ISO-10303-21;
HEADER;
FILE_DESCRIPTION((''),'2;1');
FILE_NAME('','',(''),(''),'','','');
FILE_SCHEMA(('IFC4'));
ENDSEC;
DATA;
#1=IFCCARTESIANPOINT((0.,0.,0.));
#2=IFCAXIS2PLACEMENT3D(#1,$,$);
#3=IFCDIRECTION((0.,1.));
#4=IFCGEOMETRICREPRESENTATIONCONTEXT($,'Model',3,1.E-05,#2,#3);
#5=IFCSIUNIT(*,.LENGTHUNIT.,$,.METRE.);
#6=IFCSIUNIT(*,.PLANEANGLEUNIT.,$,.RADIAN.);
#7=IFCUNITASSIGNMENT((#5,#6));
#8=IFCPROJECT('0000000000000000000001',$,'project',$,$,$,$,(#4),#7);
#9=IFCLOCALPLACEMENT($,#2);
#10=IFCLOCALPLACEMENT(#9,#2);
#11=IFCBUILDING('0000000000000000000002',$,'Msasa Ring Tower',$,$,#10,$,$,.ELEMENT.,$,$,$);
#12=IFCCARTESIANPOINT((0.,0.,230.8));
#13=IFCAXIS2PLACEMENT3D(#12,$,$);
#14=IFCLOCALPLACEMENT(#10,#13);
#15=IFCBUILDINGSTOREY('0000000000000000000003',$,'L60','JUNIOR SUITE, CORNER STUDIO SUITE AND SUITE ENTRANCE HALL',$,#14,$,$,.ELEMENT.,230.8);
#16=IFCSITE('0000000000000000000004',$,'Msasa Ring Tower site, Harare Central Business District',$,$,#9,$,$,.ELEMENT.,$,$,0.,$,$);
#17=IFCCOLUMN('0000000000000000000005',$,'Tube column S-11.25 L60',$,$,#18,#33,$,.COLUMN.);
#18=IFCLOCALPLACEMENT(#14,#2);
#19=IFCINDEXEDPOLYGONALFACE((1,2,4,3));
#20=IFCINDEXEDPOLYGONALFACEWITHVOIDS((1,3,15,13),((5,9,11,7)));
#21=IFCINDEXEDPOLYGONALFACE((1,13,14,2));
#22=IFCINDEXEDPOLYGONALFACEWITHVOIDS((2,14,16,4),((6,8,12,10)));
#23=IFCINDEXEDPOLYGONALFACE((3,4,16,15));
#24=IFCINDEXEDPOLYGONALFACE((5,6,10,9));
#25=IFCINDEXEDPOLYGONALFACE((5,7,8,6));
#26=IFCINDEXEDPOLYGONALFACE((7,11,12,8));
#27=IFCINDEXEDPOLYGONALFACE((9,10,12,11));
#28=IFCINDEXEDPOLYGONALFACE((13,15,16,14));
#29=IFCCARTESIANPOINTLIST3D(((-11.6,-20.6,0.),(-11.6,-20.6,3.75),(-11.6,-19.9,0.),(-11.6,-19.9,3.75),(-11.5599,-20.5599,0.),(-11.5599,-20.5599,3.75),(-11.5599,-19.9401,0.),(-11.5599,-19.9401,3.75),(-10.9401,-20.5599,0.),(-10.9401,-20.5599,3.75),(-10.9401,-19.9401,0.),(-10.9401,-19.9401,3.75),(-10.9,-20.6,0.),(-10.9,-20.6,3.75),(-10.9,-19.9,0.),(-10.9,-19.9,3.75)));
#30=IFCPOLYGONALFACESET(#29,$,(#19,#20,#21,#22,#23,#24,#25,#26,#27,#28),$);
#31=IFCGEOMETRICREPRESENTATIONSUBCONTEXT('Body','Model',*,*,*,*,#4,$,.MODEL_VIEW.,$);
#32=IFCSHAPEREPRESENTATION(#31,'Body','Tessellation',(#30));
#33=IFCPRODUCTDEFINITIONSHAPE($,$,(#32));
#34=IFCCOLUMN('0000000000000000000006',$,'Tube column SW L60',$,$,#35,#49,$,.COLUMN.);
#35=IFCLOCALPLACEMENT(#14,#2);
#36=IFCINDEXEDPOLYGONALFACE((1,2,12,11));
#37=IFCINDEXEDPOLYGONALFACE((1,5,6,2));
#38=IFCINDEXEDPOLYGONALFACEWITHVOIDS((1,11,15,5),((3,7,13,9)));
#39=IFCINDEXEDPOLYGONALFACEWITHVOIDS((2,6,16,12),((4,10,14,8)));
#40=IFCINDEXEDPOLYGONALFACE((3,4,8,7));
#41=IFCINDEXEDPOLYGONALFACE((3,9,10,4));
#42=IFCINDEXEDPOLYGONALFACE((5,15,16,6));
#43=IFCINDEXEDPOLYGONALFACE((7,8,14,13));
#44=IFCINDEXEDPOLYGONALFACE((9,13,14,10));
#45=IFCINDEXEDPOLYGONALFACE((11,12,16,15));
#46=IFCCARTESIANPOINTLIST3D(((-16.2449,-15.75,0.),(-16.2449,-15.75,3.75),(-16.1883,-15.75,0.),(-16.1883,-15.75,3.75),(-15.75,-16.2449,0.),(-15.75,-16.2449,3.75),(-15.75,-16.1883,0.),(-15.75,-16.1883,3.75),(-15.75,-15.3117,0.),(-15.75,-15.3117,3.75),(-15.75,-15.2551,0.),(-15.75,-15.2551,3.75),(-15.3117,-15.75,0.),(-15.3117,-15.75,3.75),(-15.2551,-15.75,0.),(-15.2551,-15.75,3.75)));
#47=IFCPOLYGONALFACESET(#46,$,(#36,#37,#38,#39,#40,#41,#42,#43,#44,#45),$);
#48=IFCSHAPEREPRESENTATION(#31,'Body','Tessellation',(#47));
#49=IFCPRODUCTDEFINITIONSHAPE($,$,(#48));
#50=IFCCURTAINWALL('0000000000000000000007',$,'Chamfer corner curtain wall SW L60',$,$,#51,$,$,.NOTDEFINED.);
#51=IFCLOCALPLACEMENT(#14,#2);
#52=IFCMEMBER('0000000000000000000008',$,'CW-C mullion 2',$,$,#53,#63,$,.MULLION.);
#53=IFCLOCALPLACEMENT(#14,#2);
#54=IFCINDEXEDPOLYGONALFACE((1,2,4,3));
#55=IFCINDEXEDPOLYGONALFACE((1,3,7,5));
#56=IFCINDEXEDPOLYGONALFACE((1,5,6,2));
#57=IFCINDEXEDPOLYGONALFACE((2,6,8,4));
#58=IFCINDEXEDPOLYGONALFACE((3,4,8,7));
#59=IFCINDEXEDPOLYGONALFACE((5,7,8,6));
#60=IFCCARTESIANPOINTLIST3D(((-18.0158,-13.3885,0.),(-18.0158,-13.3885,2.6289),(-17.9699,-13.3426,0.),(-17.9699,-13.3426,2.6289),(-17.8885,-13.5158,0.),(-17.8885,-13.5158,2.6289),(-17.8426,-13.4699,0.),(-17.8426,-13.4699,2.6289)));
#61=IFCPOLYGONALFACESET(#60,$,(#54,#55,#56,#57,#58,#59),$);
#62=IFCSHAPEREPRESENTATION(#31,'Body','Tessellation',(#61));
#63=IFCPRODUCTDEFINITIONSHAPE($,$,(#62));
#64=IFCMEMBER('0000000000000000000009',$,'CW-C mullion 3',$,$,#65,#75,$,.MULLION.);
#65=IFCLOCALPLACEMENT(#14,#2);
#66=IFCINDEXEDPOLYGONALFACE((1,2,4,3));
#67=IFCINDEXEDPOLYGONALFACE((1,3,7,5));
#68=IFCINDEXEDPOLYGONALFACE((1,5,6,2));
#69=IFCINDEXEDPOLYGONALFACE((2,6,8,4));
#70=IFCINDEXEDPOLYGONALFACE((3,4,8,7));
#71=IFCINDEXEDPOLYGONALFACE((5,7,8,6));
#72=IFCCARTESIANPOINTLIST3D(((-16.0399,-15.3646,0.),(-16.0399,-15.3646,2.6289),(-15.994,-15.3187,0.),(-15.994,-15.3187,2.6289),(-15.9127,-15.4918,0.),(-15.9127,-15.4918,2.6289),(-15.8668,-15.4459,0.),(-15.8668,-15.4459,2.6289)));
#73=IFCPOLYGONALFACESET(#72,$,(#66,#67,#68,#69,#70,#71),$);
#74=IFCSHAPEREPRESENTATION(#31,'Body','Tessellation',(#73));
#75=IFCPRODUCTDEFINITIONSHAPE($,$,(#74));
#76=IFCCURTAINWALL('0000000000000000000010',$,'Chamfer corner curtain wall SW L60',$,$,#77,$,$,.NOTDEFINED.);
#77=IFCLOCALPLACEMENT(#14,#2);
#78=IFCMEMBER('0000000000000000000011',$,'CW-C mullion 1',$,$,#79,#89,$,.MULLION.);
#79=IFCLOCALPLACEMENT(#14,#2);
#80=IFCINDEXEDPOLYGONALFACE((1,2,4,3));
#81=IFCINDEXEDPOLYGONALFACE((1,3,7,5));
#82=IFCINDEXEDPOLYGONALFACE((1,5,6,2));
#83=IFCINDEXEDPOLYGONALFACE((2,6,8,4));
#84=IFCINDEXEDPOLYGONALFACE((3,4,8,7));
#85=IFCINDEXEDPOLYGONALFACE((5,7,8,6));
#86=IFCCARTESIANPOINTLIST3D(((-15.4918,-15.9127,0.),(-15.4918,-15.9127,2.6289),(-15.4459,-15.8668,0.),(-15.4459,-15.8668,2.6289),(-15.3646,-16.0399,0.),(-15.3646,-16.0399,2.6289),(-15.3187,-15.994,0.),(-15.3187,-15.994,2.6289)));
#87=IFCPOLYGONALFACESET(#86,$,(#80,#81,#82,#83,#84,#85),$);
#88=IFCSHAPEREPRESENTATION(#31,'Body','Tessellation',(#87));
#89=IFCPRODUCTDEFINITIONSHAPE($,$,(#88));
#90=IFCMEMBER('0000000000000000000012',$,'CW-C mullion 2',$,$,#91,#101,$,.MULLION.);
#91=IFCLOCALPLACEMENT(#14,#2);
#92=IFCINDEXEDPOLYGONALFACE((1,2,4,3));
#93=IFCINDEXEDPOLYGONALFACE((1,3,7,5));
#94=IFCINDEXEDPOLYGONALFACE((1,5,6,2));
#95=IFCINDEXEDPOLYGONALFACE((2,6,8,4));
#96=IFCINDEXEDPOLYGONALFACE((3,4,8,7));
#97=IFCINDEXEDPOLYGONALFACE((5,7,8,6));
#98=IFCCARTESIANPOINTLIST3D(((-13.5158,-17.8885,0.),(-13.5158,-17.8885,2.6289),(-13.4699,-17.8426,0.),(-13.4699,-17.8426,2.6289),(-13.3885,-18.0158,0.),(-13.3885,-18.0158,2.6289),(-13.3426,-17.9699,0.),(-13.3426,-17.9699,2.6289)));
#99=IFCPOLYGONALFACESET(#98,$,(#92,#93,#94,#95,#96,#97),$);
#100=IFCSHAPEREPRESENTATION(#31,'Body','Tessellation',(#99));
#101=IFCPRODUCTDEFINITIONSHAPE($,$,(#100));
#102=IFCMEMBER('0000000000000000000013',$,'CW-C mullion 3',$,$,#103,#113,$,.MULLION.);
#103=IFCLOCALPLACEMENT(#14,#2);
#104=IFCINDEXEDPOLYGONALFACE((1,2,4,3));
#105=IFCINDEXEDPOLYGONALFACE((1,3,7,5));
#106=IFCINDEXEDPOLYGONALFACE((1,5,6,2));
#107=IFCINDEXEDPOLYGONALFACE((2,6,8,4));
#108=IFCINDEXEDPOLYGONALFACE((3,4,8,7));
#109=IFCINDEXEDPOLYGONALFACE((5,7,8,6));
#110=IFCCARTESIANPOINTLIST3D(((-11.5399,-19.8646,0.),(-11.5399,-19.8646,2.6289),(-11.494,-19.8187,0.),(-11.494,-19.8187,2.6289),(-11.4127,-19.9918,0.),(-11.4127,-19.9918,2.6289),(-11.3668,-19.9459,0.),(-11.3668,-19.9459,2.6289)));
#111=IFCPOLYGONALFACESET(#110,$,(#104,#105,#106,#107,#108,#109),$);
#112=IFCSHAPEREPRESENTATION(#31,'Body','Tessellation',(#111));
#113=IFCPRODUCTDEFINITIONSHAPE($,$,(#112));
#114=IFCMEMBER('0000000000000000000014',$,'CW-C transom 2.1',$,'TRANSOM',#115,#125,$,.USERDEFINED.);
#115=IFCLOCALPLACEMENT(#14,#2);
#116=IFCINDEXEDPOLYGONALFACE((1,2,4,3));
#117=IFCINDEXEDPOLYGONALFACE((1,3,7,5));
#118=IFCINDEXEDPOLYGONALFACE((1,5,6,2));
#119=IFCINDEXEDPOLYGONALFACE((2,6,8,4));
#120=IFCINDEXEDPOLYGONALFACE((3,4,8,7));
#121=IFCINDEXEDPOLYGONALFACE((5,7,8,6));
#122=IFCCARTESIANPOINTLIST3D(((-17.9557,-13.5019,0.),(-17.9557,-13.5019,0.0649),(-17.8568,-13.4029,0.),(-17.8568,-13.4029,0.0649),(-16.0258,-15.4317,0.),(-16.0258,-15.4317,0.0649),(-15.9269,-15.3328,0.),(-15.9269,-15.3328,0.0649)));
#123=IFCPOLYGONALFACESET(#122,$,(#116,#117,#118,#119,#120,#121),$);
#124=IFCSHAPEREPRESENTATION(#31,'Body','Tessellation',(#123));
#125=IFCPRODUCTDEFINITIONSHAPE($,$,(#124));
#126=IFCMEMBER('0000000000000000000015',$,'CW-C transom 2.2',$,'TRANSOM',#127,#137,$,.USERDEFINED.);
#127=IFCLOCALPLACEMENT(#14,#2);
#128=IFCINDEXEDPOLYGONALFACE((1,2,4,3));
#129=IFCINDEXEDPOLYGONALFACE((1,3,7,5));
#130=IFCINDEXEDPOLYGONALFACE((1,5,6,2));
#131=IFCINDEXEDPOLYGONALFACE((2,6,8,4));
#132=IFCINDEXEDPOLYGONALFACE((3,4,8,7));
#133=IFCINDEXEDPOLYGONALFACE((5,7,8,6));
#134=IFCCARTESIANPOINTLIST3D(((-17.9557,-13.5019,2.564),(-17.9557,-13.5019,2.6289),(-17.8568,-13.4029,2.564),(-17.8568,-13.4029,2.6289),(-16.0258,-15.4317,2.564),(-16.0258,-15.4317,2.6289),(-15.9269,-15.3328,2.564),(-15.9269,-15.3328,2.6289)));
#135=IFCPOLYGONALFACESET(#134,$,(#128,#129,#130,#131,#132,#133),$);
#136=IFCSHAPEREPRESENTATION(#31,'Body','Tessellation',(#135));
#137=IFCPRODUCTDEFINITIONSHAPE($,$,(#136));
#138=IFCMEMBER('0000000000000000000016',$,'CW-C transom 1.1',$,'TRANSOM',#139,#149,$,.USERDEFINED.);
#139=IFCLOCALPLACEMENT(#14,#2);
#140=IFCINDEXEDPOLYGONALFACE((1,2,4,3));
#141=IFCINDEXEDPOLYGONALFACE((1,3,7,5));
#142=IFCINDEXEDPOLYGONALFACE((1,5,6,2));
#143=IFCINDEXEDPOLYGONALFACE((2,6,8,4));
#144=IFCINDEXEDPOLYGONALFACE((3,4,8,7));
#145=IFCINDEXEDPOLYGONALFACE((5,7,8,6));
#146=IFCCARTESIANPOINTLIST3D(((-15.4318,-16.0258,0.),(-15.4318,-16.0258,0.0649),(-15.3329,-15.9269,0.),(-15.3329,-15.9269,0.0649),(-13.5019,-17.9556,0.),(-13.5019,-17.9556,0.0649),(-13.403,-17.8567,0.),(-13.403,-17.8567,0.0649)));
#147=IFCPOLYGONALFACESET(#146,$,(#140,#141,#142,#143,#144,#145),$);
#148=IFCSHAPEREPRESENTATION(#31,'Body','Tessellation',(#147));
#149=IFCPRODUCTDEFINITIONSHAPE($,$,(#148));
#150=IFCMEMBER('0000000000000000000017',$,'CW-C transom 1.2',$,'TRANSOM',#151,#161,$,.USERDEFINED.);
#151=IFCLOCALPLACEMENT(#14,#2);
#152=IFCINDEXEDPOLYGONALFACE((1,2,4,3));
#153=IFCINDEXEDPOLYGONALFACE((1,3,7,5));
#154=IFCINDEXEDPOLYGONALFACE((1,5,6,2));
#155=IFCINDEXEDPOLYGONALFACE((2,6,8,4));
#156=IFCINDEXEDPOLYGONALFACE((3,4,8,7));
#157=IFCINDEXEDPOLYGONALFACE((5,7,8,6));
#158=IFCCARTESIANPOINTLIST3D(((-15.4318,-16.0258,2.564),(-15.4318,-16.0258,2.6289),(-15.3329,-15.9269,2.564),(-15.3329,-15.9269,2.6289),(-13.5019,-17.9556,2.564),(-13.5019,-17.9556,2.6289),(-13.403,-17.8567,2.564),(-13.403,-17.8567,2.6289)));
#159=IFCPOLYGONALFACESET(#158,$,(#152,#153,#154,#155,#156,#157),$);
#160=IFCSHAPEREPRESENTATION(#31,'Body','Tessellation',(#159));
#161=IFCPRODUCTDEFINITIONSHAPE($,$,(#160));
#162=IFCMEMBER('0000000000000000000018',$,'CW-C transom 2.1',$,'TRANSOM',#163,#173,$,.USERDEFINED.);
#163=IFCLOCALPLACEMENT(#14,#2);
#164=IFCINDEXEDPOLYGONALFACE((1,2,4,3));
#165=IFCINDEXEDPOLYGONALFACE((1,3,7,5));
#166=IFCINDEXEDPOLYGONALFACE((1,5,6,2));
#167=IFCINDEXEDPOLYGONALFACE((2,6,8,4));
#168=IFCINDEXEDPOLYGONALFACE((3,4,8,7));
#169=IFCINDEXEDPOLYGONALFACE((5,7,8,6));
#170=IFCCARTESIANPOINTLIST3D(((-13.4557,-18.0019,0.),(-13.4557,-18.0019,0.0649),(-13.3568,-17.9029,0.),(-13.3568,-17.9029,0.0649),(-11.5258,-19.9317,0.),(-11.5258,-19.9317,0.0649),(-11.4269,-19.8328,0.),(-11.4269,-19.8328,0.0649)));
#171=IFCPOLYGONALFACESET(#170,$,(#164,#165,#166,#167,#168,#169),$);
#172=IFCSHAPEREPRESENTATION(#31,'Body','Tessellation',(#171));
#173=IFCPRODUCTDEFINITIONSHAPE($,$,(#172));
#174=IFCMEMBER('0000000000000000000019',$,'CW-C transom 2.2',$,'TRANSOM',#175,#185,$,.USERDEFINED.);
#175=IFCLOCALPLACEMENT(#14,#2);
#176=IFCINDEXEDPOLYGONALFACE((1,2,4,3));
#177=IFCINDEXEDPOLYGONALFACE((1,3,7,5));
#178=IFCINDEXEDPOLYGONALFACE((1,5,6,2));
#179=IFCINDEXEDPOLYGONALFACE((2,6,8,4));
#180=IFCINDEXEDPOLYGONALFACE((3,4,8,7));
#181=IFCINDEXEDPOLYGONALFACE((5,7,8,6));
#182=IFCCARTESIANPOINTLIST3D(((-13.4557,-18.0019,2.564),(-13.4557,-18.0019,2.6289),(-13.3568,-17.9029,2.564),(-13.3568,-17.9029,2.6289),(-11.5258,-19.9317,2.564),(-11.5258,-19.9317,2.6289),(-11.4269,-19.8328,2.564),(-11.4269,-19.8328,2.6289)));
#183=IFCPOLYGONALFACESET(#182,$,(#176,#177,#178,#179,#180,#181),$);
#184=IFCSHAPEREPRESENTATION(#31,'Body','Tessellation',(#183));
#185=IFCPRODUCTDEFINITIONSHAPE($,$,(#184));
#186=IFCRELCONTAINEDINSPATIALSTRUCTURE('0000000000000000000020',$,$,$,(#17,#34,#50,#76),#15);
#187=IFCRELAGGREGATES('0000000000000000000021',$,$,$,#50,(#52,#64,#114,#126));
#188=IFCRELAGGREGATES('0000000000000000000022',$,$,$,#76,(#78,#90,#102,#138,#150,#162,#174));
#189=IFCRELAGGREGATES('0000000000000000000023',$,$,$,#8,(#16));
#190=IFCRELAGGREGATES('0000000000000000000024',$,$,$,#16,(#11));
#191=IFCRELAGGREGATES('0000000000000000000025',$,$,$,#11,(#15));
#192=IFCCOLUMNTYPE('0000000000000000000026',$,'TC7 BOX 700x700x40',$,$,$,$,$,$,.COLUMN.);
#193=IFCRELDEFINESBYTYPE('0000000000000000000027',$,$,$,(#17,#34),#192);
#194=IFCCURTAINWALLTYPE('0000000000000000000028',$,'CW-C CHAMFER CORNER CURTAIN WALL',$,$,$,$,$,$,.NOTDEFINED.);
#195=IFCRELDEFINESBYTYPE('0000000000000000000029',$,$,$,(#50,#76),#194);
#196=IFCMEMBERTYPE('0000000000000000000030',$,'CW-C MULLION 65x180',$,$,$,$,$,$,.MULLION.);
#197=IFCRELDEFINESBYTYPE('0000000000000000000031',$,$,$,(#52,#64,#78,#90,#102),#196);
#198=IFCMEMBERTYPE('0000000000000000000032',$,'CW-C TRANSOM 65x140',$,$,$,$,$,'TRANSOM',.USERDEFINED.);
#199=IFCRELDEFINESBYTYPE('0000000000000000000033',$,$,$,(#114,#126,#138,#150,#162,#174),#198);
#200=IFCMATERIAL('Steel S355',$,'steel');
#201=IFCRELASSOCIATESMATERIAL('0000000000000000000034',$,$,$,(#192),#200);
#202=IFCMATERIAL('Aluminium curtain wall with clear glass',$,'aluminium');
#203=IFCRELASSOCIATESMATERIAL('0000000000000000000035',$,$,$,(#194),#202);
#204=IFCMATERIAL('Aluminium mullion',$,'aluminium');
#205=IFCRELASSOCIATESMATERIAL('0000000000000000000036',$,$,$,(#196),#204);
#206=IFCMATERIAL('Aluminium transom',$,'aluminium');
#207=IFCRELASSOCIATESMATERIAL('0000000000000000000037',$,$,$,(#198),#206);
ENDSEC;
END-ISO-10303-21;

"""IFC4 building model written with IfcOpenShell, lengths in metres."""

from ifc_helpers import new_model, si_unit, direction, frame, origin, origin_2d, place, context, subcontext, project, spatial, rectangle, hollow_rectangle, extrude, material, material_profile, profile_set, type_object, element, aggregate, save


model = new_model("IFC4")

# Units and contexts
model_context = context("Model", 3, precision=1e-05, world=origin(), true_north=direction((0.0, 1.0)))
body_context = subcontext(model_context, "Body", "Model", "MODEL_VIEW")
ifc_project = project(units=[si_unit("LENGTHUNIT", "METRE"), si_unit("PLANEANGLEUNIT", "RADIAN")], contexts=[model_context])

# Site, building, storey
site_placement = place(None, origin())
site = spatial("IfcSite", under=ifc_project, at=site_placement, Name="Msasa Ring Tower site, Harare Central Business District", CompositionType="ELEMENT", RefElevation=0.0)
building_placement = place(site_placement, origin())
building = spatial("IfcBuilding", under=site, at=building_placement, Name="Msasa Ring Tower", CompositionType="ELEMENT")
storey_placement = place(building_placement, frame((0.0, 0.0, 230.8)))
storey = spatial("IfcBuildingStorey", under=building, at=storey_placement, Name="L60", Description="JUNIOR SUITE, CORNER STUDIO SUITE AND SUITE ENTRANCE HALL", CompositionType="ELEMENT", Elevation=230.8)

# Columns
ifc_material_1 = material(Name="Steel S355", Category="steel")
ifc_material_profile_1 = material_profile(ifc_material_1, hollow_rectangle(XDim=0.7, YDim=0.7, WallThickness=0.04, at=origin_2d()), Name="BOX 700x700x40")
ifc_profile_set_1 = profile_set([ifc_material_profile_1], Name="Steel S355")
column_type = type_object("IfcColumnType", Name="TC7 BOX 700x700x40", PredefinedType="COLUMN", material=ifc_profile_set_1)
for number, where, z_axis, x_axis, name in (
    (1, (-11.25, -20.25, 0.0), (0.0, 0.0, 1.0), (0.0, 1.0, 0.0), "Tube column S-11.25 L60"),
    (2, (-15.75, -15.75, 0.0), (0.0, 0.0, 1.0), (0.707107, 0.707107, 0.0), "Tube column SW L60"),
):
    element("IfcColumn", number, at=place(storey_placement, frame(where, z_axis=z_axis, x_axis=x_axis)), inside=storey, type_object=column_type, Name=name, PredefinedType="COLUMN", context=body_context, shape_type="SweptSolid", body=[
        extrude(hollow_rectangle(XDim=0.7, YDim=0.7, WallThickness=0.04, at=origin_2d()), origin(), (0.0, 0.0, 1.0), 3.75),
    ])

# Curtain walls, members
ifc_material_2 = material(Name="Aluminium curtain wall with clear glass", Category="aluminium")
curtain_wall_type = type_object("IfcCurtainWallType", Name="CW-C CHAMFER CORNER CURTAIN WALL", PredefinedType="NOTDEFINED", material=ifc_material_2)
curtain_wall_1_placement = place(storey_placement, origin())
curtain_wall_1 = element("IfcCurtainWall", 3, at=curtain_wall_1_placement, inside=storey, type_object=curtain_wall_type, Name="Chamfer corner curtain wall SW L60", PredefinedType="NOTDEFINED")
ifc_material_3 = material(Name="Aluminium mullion", Category="aluminium")
ifc_material_profile_2 = material_profile(ifc_material_3, rectangle(XDim=0.0649, YDim=0.1799, at=origin_2d()), Name="AL 65x180")
ifc_profile_set_2 = profile_set([ifc_material_profile_2], Name="Aluminium mullion")
member_type_1 = type_object("IfcMemberType", Name="CW-C MULLION 65x180", PredefinedType="MULLION", material=ifc_profile_set_2)
member_1_placement = place(storey_placement, frame((-17.9292, -13.4292, 0.0), z_axis=(0.0, 0.0, 1.0), x_axis=(0.707107, 0.707107, 0.0)))
member_1 = element("IfcMember", 4, at=member_1_placement, type_object=member_type_1, Name="CW-C mullion 2", PredefinedType="MULLION", context=body_context, shape_type="SweptSolid", body=[
    extrude(rectangle(XDim=0.0649, YDim=0.1799, at=origin_2d()), origin(), (0.0, 0.0, 1.0), 2.6289),
])
member_2_placement = place(storey_placement, frame((-15.9534, -15.4053, 0.0), z_axis=(0.0, 0.0, 1.0), x_axis=(0.707107, 0.707107, 0.0)))
member_2 = element("IfcMember", 5, at=member_2_placement, type_object=member_type_1, Name="CW-C mullion 3", PredefinedType="MULLION", context=body_context, shape_type="SweptSolid", body=[
    extrude(rectangle(XDim=0.0649, YDim=0.1799, at=origin_2d()), origin(), (0.0, 0.0, 1.0), 2.6289),
])
curtain_wall_2_placement = place(storey_placement, origin())
curtain_wall_2 = element("IfcCurtainWall", 6, at=curtain_wall_2_placement, inside=storey, type_object=curtain_wall_type, Name="Chamfer corner curtain wall SW L60", PredefinedType="NOTDEFINED")
member_3_placement = place(storey_placement, frame((-15.4053, -15.9534, 0.0), z_axis=(0.0, 0.0, 1.0), x_axis=(0.707107, 0.707107, 0.0)))
member_3 = element("IfcMember", 7, at=member_3_placement, type_object=member_type_1, Name="CW-C mullion 1", PredefinedType="MULLION", context=body_context, shape_type="SweptSolid", body=[
    extrude(rectangle(XDim=0.0649, YDim=0.1799, at=origin_2d()), origin(), (0.0, 0.0, 1.0), 2.6289),
])
member_4_placement = place(storey_placement, frame((-13.4292, -17.9292, 0.0), z_axis=(0.0, 0.0, 1.0), x_axis=(0.707107, 0.707107, 0.0)))
member_4 = element("IfcMember", 8, at=member_4_placement, type_object=member_type_1, Name="CW-C mullion 2", PredefinedType="MULLION", context=body_context, shape_type="SweptSolid", body=[
    extrude(rectangle(XDim=0.0649, YDim=0.1799, at=origin_2d()), origin(), (0.0, 0.0, 1.0), 2.6289),
])
member_5_placement = place(storey_placement, frame((-11.4534, -19.9053, 0.0), z_axis=(0.0, 0.0, 1.0), x_axis=(0.707107, 0.707107, 0.0)))
member_5 = element("IfcMember", 9, at=member_5_placement, type_object=member_type_1, Name="CW-C mullion 3", PredefinedType="MULLION", context=body_context, shape_type="SweptSolid", body=[
    extrude(rectangle(XDim=0.0649, YDim=0.1799, at=origin_2d()), origin(), (0.0, 0.0, 1.0), 2.6289),
])

# Members
ifc_material_4 = material(Name="Aluminium transom", Category="aluminium")
ifc_material_profile_3 = material_profile(ifc_material_4, rectangle(XDim=0.1399, YDim=0.0649, at=origin_2d()), Name="AL 65x140")
ifc_profile_set_3 = profile_set([ifc_material_profile_3], Name="Aluminium transom")
member_type_2 = type_object("IfcMemberType", Name="CW-C TRANSOM 65x140", ElementType="TRANSOM", PredefinedType="USERDEFINED", material=ifc_profile_set_3)
member_6_placement = place(storey_placement, frame((-17.9062, -13.4524, 0.0325), z_axis=(0.707107, -0.707107, 0.0), x_axis=(0.707107, 0.707107, 0.0)))
member_6 = element("IfcMember", 10, at=member_6_placement, type_object=member_type_2, Name="CW-C transom 2.1", ObjectType="TRANSOM", PredefinedType="USERDEFINED", context=body_context, shape_type="SweptSolid", body=[
    extrude(rectangle(XDim=0.1399, YDim=0.0649, at=origin_2d()), origin(), (0.0, 0.0, 1.0), 2.7292),
])
member_7_placement = place(storey_placement, frame((-17.9062, -13.4524, 2.5964), z_axis=(0.707107, -0.707107, 0.0), x_axis=(0.707107, 0.707107, 0.0)))
member_7 = element("IfcMember", 11, at=member_7_placement, type_object=member_type_2, Name="CW-C transom 2.2", ObjectType="TRANSOM", PredefinedType="USERDEFINED", context=body_context, shape_type="SweptSolid", body=[
    extrude(rectangle(XDim=0.1399, YDim=0.0649, at=origin_2d()), origin(), (0.0, 0.0, 1.0), 2.7292),
])
member_8_placement = place(storey_placement, frame((-15.3823, -15.9763, 0.0325), z_axis=(0.707107, -0.707107, 0.0), x_axis=(0.707107, 0.707107, 0.0)))
member_8 = element("IfcMember", 12, at=member_8_placement, type_object=member_type_2, Name="CW-C transom 1.1", ObjectType="TRANSOM", PredefinedType="USERDEFINED", context=body_context, shape_type="SweptSolid", body=[
    extrude(rectangle(XDim=0.1399, YDim=0.0649, at=origin_2d()), origin(), (0.0, 0.0, 1.0), 2.7292),
])
member_9_placement = place(storey_placement, frame((-15.3823, -15.9763, 2.5964), z_axis=(0.707107, -0.707107, 0.0), x_axis=(0.707107, 0.707107, 0.0)))
member_9 = element("IfcMember", 13, at=member_9_placement, type_object=member_type_2, Name="CW-C transom 1.2", ObjectType="TRANSOM", PredefinedType="USERDEFINED", context=body_context, shape_type="SweptSolid", body=[
    extrude(rectangle(XDim=0.1399, YDim=0.0649, at=origin_2d()), origin(), (0.0, 0.0, 1.0), 2.7292),
])
member_10_placement = place(storey_placement, frame((-13.4062, -17.9524, 0.0325), z_axis=(0.707107, -0.707107, 0.0), x_axis=(0.707107, 0.707107, 0.0)))
member_10 = element("IfcMember", 14, at=member_10_placement, type_object=member_type_2, Name="CW-C transom 2.1", ObjectType="TRANSOM", PredefinedType="USERDEFINED", context=body_context, shape_type="SweptSolid", body=[
    extrude(rectangle(XDim=0.1399, YDim=0.0649, at=origin_2d()), origin(), (0.0, 0.0, 1.0), 2.7292),
])
member_11_placement = place(storey_placement, frame((-13.4062, -17.9524, 2.5964), z_axis=(0.707107, -0.707107, 0.0), x_axis=(0.707107, 0.707107, 0.0)))
member_11 = element("IfcMember", 15, at=member_11_placement, type_object=member_type_2, Name="CW-C transom 2.2", ObjectType="TRANSOM", PredefinedType="USERDEFINED", context=body_context, shape_type="SweptSolid", body=[
    extrude(rectangle(XDim=0.1399, YDim=0.0649, at=origin_2d()), origin(), (0.0, 0.0, 1.0), 2.7292),
])

aggregate(curtain_wall_1, [member_1, member_2, member_6, member_7])
aggregate(curtain_wall_2, [member_3, member_4, member_5, member_8, member_9, member_10, member_11])

save(model, "model.ifc")
